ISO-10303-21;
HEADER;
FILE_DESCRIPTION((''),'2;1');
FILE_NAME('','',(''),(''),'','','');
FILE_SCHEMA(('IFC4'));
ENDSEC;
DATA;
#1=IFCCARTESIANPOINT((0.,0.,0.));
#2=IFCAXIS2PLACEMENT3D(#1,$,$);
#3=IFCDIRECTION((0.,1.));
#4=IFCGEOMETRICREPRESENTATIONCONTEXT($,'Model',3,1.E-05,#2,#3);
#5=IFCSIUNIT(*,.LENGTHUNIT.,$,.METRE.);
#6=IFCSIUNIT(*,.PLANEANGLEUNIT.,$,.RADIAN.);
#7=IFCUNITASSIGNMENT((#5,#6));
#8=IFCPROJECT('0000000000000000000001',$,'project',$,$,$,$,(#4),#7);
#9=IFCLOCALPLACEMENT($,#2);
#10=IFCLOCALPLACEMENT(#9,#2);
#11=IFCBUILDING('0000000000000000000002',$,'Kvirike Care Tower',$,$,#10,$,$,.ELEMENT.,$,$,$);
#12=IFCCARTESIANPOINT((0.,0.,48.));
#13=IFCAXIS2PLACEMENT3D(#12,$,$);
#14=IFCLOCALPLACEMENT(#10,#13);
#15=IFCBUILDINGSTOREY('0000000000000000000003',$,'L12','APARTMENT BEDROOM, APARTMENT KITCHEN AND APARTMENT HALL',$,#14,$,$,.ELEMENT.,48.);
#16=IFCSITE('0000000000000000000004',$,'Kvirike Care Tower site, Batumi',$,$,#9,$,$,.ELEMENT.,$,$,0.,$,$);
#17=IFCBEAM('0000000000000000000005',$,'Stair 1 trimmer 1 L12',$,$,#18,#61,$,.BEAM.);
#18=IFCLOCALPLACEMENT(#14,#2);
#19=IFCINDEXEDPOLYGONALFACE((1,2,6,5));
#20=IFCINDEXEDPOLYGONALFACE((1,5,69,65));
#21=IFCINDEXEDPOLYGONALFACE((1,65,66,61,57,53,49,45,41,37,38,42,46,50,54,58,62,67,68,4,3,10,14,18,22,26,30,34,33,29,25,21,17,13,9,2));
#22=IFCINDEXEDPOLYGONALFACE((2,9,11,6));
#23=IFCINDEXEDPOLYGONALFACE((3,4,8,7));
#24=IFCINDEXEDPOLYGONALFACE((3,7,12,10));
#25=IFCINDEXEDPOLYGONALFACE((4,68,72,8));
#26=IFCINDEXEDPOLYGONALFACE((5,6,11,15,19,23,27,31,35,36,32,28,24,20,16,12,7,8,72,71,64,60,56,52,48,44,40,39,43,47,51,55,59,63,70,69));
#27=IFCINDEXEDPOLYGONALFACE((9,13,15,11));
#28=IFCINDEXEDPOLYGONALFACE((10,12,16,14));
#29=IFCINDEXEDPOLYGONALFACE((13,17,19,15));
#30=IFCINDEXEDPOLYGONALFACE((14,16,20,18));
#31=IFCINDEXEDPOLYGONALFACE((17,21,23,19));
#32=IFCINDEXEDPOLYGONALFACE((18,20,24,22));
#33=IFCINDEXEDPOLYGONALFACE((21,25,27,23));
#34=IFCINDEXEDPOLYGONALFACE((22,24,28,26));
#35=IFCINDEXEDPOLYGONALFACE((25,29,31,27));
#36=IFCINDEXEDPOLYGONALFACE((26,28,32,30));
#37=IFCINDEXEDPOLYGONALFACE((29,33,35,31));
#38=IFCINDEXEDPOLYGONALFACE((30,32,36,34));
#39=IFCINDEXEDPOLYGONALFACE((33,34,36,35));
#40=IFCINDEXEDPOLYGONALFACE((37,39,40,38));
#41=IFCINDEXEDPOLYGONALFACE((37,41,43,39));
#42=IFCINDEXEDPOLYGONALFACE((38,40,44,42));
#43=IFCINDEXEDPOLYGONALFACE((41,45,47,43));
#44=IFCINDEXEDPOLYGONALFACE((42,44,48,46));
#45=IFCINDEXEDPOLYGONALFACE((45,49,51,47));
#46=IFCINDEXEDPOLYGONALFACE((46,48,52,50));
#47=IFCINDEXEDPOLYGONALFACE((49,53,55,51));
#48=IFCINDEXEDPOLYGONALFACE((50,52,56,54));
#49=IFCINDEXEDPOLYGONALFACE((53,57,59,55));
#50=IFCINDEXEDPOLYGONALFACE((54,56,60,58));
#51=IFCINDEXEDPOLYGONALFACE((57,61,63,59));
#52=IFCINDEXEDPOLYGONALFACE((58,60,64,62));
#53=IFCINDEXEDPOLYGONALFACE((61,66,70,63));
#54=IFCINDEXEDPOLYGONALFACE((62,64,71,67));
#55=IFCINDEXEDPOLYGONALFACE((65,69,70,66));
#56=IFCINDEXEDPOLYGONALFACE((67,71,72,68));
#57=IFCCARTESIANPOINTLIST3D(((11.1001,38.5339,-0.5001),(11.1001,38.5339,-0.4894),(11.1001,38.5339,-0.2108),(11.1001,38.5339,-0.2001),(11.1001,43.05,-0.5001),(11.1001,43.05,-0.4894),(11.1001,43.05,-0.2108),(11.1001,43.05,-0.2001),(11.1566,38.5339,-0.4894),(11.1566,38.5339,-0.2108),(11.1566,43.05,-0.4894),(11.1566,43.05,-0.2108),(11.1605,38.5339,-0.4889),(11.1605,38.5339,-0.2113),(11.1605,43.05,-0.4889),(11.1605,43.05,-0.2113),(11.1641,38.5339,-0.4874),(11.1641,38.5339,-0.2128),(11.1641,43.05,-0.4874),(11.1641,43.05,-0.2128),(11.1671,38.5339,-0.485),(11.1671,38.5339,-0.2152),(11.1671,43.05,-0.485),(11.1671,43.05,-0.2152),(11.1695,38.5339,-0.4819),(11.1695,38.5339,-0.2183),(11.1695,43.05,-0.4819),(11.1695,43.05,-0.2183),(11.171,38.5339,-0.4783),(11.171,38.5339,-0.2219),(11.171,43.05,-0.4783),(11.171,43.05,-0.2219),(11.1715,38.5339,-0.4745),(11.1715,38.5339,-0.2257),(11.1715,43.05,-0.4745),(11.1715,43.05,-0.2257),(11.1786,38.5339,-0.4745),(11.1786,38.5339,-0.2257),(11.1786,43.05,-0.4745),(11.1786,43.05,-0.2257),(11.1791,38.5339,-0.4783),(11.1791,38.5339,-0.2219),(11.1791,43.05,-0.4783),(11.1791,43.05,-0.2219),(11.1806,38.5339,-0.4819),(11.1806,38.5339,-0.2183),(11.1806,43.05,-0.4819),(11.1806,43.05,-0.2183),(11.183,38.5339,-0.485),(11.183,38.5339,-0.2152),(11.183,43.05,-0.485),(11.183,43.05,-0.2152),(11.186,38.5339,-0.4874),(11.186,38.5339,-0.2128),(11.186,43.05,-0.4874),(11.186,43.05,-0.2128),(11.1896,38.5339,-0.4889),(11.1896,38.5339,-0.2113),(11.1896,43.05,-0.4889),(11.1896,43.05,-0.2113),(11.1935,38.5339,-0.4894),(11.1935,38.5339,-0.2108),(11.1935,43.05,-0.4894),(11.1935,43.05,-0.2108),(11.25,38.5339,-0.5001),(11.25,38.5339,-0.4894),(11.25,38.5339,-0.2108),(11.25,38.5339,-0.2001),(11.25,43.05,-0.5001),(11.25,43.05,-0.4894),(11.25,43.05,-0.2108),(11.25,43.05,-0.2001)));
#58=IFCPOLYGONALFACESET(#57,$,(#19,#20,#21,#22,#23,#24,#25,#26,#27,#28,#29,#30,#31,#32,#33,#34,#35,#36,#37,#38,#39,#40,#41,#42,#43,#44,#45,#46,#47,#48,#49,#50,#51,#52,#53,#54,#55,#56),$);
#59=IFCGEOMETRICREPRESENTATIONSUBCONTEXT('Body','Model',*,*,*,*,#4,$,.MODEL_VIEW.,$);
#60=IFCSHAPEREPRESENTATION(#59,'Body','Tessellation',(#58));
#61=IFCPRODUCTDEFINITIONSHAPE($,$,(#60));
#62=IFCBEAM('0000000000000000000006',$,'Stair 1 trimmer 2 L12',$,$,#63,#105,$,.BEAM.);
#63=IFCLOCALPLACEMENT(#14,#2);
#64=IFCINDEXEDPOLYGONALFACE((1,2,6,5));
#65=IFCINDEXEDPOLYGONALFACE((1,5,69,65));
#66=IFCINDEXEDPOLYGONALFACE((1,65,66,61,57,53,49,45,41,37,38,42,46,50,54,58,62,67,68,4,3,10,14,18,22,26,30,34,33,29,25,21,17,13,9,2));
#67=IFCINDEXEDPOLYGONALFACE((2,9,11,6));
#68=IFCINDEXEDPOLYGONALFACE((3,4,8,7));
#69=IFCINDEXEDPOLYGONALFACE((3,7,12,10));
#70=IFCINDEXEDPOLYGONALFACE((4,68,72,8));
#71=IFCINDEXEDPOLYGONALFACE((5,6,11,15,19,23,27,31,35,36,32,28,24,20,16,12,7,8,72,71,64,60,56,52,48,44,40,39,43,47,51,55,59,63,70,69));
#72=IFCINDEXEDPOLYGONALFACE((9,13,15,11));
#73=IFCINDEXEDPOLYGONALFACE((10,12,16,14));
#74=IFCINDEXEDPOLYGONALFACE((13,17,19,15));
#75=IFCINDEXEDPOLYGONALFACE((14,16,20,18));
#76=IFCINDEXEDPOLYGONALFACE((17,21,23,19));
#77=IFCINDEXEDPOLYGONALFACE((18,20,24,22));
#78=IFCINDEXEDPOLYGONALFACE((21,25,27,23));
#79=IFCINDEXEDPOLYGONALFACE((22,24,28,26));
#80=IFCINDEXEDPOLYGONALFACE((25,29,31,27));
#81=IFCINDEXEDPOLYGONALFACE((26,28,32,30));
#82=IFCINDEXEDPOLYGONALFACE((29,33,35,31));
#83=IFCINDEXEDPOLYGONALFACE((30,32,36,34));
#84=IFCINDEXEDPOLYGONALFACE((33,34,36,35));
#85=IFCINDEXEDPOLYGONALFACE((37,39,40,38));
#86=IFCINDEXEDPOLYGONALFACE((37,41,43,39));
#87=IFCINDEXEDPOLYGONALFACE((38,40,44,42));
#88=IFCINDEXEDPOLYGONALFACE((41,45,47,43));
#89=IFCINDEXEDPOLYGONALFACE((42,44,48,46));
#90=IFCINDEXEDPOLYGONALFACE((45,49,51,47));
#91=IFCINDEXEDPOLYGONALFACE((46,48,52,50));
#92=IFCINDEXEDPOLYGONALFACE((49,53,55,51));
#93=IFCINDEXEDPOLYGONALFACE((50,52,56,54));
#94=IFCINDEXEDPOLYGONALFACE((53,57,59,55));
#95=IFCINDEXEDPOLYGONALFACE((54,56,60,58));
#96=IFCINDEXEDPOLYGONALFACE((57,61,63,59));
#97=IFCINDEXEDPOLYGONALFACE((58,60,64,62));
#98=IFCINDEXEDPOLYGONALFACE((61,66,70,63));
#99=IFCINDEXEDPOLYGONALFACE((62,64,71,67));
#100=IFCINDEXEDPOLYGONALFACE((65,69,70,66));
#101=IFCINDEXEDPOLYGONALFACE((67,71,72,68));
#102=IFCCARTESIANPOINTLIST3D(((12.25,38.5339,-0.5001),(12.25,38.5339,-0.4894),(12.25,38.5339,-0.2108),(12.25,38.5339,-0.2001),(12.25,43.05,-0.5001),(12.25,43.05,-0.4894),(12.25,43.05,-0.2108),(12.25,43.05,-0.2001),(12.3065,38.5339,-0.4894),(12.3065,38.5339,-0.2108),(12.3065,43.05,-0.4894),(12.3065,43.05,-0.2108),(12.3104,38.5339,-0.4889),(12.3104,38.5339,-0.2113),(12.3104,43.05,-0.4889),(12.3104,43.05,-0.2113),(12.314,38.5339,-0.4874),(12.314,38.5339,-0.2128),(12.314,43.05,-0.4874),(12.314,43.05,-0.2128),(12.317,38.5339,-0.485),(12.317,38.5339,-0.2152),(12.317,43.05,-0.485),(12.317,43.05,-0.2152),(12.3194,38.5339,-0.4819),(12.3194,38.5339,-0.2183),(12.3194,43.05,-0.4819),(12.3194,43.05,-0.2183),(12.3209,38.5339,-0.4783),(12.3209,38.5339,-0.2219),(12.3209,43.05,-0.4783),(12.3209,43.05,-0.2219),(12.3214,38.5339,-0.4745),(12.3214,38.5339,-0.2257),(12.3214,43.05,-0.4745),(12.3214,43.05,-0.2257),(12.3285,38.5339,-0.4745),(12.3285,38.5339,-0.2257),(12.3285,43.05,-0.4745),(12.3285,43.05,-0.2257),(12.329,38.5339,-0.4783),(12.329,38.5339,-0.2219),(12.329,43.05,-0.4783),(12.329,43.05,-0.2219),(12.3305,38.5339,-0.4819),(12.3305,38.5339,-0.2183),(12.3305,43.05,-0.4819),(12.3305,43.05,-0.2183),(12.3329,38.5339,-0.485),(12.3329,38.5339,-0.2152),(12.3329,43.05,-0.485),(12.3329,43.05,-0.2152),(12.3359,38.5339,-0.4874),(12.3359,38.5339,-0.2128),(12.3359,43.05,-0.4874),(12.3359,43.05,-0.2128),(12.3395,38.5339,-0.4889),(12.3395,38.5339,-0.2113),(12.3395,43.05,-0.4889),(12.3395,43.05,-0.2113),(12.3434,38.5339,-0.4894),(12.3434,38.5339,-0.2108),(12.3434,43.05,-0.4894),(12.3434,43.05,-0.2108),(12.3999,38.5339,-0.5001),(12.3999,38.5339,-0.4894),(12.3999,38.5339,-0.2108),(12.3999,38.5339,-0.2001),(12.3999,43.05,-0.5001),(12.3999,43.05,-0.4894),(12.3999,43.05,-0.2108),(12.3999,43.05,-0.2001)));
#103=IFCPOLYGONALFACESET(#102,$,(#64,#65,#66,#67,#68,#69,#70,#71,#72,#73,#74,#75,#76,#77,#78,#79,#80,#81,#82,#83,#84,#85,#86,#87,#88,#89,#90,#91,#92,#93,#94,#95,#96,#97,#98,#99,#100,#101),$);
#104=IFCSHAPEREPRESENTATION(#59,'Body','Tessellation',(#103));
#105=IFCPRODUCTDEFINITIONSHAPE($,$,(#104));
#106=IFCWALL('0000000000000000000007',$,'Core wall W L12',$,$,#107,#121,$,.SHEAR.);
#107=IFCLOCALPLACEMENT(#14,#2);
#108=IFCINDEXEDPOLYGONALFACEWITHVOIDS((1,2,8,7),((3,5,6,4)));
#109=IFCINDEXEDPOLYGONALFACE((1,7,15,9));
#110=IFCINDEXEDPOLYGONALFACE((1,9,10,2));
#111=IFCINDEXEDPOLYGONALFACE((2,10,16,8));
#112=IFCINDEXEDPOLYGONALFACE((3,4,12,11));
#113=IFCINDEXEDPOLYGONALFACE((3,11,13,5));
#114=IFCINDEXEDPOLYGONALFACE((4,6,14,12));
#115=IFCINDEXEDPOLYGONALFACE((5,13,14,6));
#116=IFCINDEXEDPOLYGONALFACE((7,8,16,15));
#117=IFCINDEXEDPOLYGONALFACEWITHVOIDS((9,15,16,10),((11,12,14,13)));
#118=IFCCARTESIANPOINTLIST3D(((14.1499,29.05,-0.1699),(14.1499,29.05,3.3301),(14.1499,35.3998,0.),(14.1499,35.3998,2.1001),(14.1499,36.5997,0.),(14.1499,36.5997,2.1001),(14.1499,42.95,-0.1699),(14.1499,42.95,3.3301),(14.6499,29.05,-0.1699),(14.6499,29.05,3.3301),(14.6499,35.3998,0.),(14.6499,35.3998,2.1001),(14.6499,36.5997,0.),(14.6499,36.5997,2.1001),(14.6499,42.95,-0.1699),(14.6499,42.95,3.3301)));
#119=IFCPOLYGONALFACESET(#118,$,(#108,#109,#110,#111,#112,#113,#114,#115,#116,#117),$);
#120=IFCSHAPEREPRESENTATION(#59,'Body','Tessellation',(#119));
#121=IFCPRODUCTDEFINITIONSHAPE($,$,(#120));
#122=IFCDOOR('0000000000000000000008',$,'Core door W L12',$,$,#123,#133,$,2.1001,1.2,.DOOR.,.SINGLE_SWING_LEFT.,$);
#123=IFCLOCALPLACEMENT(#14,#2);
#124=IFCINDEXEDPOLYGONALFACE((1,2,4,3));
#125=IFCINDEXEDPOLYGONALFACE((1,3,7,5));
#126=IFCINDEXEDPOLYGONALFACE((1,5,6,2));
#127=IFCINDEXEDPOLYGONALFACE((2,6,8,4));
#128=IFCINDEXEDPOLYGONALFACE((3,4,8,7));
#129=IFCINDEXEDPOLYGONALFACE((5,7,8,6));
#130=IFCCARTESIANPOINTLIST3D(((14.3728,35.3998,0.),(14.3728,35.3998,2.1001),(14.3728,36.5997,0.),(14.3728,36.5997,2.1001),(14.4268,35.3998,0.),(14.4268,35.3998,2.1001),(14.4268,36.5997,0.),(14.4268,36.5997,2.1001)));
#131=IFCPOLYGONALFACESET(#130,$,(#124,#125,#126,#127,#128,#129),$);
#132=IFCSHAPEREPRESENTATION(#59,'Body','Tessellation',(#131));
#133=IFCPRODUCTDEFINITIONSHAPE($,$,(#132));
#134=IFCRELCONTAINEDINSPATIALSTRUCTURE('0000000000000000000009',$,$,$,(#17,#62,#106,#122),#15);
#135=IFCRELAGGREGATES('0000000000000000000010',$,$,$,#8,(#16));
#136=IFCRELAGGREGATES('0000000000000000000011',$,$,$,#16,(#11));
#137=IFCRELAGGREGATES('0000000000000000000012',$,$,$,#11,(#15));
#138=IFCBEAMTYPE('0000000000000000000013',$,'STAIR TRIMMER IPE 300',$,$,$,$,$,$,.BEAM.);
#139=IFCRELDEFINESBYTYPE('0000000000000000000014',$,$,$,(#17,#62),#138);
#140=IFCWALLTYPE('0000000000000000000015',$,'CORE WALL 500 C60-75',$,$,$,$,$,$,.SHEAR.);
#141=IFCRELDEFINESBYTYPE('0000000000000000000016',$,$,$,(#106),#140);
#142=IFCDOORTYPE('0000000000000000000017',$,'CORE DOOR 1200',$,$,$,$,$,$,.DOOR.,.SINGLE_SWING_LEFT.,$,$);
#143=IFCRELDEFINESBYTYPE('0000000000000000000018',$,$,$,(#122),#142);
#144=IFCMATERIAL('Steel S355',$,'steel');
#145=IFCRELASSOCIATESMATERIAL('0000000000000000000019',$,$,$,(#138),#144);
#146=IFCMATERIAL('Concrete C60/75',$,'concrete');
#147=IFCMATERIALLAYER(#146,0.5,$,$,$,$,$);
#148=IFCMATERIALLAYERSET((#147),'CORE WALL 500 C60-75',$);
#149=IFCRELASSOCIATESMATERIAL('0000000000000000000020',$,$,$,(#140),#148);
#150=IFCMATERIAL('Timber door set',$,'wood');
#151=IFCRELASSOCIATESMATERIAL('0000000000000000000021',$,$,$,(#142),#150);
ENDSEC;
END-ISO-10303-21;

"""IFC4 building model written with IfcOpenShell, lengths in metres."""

from ifc_helpers import new_model, si_unit, direction, frame, frame_2d, origin, origin_2d, place, context, subcontext, project, spatial, rectangle, i_section, extrude, material, layer, layer_set, material_profile, profile_set, type_object, element, fill, save


model = new_model("IFC4")

# Units and contexts
model_context = context("Model", 3, precision=1e-05, world=origin(), true_north=direction((0.0, 1.0)))
body_context = subcontext(model_context, "Body", "Model", "MODEL_VIEW")
ifc_project = project(units=[si_unit("LENGTHUNIT", "METRE"), si_unit("PLANEANGLEUNIT", "RADIAN")], contexts=[model_context])

# Site, building, storey
site_placement = place(None, origin())
site = spatial("IfcSite", under=ifc_project, at=site_placement, Name="Kvirike Care Tower site, Batumi", CompositionType="ELEMENT", RefElevation=0.0)
building_placement = place(site_placement, origin())
building = spatial("IfcBuilding", under=site, at=building_placement, Name="Kvirike Care Tower", CompositionType="ELEMENT")
storey_placement = place(building_placement, frame((0.0, 0.0, 48.0)))
storey = spatial("IfcBuildingStorey", under=building, at=storey_placement, Name="L12", Description="APARTMENT BEDROOM, APARTMENT KITCHEN AND APARTMENT HALL", CompositionType="ELEMENT", Elevation=48.0)

# Beams
ifc_material_1 = material(Name="Steel S355", Category="steel")
ifc_material_profile_1 = material_profile(ifc_material_1, i_section(OverallWidth=0.1499, OverallDepth=0.3, WebThickness=0.0071, FlangeThickness=0.0107, FilletRadius=0.0149, at=origin_2d()), Name="IPE 300")
ifc_profile_set_1 = profile_set([ifc_material_profile_1], Name="Steel S355")
beam_type_1 = type_object("IfcBeamType", Name="STAIR TRIMMER IPE 300", PredefinedType="BEAM", material=ifc_profile_set_1)
for number, where, z_axis, x_axis, name in (
    (1, (11.175, 43.05, -0.3501), (0.0, -1.0, 0.0), (1.0, 0.0, 0.0), "Stair 1 trimmer 1 L12"),
    (2, (12.325, 43.05, -0.3501), (0.0, -1.0, 0.0), (1.0, 0.0, 0.0), "Stair 1 trimmer 2 L12"),
):
    element("IfcBeam", number, at=place(storey_placement, frame(where, z_axis=z_axis, x_axis=x_axis)), inside=storey, type_object=beam_type_1, Name=name, PredefinedType="BEAM", context=body_context, shape_type="SweptSolid", body=[
        extrude(i_section(OverallWidth=0.1499, OverallDepth=0.3, WebThickness=0.0071, FlangeThickness=0.0107, FilletRadius=0.0149, at=origin_2d()), origin(), (0.0, 0.0, 1.0), 4.5161),
    ])

# Wall, opening, door
ifc_material_2 = material(Name="Concrete C60/75", Category="concrete")
ifc_layer_1 = layer(ifc_material_2, 0.5)
ifc_layer_set_1 = layer_set([ifc_layer_1], Name="CORE WALL 500 C60-75")
wall_type_1 = type_object("IfcWallType", Name="CORE WALL 500 C60-75", PredefinedType="SHEAR", material=ifc_layer_set_1)
wall_1_placement = place(storey_placement, frame((14.3999, 42.95, -0.1699), z_axis=(0.0, 0.0, 1.0), x_axis=(0.0, -1.0, 0.0)))
wall_1 = element("IfcWall", 3, at=wall_1_placement, inside=storey, type_object=wall_type_1, Name="Core wall W L12", PredefinedType="SHEAR", context=body_context, shape_type="SweptSolid", body=[
    extrude(rectangle(XDim=13.8999, YDim=0.5, at=frame_2d((6.95, 0.0))), origin(), (0.0, 0.0, 1.0), 3.5),
])
opening_1_placement = place(wall_1_placement, frame((6.3501, 0.0, 0.1699)))
opening_1 = element("IfcOpeningElement", 4, at=opening_1_placement, cuts=wall_1, PredefinedType="OPENING", context=body_context, shape_type="SweptSolid", body=[
    extrude(rectangle(XDim=1.2, YDim=2.1001, at=frame_2d((0.6001, 1.05))), frame((0.0, 0.2605, 0.0), z_axis=(0.0, -1.0, 0.0), x_axis=(1.0, 0.0, 0.0)), (0.0, 0.0, 1.0), 0.521),
])
ifc_material_3 = material(Name="Timber door set", Category="wood")
door_type_1 = type_object("IfcDoorType", Name="CORE DOOR 1200", OperationType="SINGLE_SWING_LEFT", PredefinedType="DOOR", material=ifc_material_3)
door_1_placement = place(opening_1_placement, origin())
door_1 = element("IfcDoor", 5, at=door_1_placement, inside=storey, type_object=door_type_1, Name="Core door W L12", OperationType="SINGLE_SWING_LEFT", OverallHeight=2.1001, OverallWidth=1.2, PredefinedType="DOOR", context=body_context, shape_type="SweptSolid", body=[
    extrude(rectangle(XDim=1.2, YDim=2.1001, at=frame_2d((0.6001, 1.05))), frame((0.0, 0.0269, 0.0), z_axis=(0.0, -1.0, 0.0), x_axis=(1.0, 0.0, 0.0)), (0.0, 0.0, 1.0), 0.054),
])
fill(opening_1, door_1)

save(model, "model.ifc")
